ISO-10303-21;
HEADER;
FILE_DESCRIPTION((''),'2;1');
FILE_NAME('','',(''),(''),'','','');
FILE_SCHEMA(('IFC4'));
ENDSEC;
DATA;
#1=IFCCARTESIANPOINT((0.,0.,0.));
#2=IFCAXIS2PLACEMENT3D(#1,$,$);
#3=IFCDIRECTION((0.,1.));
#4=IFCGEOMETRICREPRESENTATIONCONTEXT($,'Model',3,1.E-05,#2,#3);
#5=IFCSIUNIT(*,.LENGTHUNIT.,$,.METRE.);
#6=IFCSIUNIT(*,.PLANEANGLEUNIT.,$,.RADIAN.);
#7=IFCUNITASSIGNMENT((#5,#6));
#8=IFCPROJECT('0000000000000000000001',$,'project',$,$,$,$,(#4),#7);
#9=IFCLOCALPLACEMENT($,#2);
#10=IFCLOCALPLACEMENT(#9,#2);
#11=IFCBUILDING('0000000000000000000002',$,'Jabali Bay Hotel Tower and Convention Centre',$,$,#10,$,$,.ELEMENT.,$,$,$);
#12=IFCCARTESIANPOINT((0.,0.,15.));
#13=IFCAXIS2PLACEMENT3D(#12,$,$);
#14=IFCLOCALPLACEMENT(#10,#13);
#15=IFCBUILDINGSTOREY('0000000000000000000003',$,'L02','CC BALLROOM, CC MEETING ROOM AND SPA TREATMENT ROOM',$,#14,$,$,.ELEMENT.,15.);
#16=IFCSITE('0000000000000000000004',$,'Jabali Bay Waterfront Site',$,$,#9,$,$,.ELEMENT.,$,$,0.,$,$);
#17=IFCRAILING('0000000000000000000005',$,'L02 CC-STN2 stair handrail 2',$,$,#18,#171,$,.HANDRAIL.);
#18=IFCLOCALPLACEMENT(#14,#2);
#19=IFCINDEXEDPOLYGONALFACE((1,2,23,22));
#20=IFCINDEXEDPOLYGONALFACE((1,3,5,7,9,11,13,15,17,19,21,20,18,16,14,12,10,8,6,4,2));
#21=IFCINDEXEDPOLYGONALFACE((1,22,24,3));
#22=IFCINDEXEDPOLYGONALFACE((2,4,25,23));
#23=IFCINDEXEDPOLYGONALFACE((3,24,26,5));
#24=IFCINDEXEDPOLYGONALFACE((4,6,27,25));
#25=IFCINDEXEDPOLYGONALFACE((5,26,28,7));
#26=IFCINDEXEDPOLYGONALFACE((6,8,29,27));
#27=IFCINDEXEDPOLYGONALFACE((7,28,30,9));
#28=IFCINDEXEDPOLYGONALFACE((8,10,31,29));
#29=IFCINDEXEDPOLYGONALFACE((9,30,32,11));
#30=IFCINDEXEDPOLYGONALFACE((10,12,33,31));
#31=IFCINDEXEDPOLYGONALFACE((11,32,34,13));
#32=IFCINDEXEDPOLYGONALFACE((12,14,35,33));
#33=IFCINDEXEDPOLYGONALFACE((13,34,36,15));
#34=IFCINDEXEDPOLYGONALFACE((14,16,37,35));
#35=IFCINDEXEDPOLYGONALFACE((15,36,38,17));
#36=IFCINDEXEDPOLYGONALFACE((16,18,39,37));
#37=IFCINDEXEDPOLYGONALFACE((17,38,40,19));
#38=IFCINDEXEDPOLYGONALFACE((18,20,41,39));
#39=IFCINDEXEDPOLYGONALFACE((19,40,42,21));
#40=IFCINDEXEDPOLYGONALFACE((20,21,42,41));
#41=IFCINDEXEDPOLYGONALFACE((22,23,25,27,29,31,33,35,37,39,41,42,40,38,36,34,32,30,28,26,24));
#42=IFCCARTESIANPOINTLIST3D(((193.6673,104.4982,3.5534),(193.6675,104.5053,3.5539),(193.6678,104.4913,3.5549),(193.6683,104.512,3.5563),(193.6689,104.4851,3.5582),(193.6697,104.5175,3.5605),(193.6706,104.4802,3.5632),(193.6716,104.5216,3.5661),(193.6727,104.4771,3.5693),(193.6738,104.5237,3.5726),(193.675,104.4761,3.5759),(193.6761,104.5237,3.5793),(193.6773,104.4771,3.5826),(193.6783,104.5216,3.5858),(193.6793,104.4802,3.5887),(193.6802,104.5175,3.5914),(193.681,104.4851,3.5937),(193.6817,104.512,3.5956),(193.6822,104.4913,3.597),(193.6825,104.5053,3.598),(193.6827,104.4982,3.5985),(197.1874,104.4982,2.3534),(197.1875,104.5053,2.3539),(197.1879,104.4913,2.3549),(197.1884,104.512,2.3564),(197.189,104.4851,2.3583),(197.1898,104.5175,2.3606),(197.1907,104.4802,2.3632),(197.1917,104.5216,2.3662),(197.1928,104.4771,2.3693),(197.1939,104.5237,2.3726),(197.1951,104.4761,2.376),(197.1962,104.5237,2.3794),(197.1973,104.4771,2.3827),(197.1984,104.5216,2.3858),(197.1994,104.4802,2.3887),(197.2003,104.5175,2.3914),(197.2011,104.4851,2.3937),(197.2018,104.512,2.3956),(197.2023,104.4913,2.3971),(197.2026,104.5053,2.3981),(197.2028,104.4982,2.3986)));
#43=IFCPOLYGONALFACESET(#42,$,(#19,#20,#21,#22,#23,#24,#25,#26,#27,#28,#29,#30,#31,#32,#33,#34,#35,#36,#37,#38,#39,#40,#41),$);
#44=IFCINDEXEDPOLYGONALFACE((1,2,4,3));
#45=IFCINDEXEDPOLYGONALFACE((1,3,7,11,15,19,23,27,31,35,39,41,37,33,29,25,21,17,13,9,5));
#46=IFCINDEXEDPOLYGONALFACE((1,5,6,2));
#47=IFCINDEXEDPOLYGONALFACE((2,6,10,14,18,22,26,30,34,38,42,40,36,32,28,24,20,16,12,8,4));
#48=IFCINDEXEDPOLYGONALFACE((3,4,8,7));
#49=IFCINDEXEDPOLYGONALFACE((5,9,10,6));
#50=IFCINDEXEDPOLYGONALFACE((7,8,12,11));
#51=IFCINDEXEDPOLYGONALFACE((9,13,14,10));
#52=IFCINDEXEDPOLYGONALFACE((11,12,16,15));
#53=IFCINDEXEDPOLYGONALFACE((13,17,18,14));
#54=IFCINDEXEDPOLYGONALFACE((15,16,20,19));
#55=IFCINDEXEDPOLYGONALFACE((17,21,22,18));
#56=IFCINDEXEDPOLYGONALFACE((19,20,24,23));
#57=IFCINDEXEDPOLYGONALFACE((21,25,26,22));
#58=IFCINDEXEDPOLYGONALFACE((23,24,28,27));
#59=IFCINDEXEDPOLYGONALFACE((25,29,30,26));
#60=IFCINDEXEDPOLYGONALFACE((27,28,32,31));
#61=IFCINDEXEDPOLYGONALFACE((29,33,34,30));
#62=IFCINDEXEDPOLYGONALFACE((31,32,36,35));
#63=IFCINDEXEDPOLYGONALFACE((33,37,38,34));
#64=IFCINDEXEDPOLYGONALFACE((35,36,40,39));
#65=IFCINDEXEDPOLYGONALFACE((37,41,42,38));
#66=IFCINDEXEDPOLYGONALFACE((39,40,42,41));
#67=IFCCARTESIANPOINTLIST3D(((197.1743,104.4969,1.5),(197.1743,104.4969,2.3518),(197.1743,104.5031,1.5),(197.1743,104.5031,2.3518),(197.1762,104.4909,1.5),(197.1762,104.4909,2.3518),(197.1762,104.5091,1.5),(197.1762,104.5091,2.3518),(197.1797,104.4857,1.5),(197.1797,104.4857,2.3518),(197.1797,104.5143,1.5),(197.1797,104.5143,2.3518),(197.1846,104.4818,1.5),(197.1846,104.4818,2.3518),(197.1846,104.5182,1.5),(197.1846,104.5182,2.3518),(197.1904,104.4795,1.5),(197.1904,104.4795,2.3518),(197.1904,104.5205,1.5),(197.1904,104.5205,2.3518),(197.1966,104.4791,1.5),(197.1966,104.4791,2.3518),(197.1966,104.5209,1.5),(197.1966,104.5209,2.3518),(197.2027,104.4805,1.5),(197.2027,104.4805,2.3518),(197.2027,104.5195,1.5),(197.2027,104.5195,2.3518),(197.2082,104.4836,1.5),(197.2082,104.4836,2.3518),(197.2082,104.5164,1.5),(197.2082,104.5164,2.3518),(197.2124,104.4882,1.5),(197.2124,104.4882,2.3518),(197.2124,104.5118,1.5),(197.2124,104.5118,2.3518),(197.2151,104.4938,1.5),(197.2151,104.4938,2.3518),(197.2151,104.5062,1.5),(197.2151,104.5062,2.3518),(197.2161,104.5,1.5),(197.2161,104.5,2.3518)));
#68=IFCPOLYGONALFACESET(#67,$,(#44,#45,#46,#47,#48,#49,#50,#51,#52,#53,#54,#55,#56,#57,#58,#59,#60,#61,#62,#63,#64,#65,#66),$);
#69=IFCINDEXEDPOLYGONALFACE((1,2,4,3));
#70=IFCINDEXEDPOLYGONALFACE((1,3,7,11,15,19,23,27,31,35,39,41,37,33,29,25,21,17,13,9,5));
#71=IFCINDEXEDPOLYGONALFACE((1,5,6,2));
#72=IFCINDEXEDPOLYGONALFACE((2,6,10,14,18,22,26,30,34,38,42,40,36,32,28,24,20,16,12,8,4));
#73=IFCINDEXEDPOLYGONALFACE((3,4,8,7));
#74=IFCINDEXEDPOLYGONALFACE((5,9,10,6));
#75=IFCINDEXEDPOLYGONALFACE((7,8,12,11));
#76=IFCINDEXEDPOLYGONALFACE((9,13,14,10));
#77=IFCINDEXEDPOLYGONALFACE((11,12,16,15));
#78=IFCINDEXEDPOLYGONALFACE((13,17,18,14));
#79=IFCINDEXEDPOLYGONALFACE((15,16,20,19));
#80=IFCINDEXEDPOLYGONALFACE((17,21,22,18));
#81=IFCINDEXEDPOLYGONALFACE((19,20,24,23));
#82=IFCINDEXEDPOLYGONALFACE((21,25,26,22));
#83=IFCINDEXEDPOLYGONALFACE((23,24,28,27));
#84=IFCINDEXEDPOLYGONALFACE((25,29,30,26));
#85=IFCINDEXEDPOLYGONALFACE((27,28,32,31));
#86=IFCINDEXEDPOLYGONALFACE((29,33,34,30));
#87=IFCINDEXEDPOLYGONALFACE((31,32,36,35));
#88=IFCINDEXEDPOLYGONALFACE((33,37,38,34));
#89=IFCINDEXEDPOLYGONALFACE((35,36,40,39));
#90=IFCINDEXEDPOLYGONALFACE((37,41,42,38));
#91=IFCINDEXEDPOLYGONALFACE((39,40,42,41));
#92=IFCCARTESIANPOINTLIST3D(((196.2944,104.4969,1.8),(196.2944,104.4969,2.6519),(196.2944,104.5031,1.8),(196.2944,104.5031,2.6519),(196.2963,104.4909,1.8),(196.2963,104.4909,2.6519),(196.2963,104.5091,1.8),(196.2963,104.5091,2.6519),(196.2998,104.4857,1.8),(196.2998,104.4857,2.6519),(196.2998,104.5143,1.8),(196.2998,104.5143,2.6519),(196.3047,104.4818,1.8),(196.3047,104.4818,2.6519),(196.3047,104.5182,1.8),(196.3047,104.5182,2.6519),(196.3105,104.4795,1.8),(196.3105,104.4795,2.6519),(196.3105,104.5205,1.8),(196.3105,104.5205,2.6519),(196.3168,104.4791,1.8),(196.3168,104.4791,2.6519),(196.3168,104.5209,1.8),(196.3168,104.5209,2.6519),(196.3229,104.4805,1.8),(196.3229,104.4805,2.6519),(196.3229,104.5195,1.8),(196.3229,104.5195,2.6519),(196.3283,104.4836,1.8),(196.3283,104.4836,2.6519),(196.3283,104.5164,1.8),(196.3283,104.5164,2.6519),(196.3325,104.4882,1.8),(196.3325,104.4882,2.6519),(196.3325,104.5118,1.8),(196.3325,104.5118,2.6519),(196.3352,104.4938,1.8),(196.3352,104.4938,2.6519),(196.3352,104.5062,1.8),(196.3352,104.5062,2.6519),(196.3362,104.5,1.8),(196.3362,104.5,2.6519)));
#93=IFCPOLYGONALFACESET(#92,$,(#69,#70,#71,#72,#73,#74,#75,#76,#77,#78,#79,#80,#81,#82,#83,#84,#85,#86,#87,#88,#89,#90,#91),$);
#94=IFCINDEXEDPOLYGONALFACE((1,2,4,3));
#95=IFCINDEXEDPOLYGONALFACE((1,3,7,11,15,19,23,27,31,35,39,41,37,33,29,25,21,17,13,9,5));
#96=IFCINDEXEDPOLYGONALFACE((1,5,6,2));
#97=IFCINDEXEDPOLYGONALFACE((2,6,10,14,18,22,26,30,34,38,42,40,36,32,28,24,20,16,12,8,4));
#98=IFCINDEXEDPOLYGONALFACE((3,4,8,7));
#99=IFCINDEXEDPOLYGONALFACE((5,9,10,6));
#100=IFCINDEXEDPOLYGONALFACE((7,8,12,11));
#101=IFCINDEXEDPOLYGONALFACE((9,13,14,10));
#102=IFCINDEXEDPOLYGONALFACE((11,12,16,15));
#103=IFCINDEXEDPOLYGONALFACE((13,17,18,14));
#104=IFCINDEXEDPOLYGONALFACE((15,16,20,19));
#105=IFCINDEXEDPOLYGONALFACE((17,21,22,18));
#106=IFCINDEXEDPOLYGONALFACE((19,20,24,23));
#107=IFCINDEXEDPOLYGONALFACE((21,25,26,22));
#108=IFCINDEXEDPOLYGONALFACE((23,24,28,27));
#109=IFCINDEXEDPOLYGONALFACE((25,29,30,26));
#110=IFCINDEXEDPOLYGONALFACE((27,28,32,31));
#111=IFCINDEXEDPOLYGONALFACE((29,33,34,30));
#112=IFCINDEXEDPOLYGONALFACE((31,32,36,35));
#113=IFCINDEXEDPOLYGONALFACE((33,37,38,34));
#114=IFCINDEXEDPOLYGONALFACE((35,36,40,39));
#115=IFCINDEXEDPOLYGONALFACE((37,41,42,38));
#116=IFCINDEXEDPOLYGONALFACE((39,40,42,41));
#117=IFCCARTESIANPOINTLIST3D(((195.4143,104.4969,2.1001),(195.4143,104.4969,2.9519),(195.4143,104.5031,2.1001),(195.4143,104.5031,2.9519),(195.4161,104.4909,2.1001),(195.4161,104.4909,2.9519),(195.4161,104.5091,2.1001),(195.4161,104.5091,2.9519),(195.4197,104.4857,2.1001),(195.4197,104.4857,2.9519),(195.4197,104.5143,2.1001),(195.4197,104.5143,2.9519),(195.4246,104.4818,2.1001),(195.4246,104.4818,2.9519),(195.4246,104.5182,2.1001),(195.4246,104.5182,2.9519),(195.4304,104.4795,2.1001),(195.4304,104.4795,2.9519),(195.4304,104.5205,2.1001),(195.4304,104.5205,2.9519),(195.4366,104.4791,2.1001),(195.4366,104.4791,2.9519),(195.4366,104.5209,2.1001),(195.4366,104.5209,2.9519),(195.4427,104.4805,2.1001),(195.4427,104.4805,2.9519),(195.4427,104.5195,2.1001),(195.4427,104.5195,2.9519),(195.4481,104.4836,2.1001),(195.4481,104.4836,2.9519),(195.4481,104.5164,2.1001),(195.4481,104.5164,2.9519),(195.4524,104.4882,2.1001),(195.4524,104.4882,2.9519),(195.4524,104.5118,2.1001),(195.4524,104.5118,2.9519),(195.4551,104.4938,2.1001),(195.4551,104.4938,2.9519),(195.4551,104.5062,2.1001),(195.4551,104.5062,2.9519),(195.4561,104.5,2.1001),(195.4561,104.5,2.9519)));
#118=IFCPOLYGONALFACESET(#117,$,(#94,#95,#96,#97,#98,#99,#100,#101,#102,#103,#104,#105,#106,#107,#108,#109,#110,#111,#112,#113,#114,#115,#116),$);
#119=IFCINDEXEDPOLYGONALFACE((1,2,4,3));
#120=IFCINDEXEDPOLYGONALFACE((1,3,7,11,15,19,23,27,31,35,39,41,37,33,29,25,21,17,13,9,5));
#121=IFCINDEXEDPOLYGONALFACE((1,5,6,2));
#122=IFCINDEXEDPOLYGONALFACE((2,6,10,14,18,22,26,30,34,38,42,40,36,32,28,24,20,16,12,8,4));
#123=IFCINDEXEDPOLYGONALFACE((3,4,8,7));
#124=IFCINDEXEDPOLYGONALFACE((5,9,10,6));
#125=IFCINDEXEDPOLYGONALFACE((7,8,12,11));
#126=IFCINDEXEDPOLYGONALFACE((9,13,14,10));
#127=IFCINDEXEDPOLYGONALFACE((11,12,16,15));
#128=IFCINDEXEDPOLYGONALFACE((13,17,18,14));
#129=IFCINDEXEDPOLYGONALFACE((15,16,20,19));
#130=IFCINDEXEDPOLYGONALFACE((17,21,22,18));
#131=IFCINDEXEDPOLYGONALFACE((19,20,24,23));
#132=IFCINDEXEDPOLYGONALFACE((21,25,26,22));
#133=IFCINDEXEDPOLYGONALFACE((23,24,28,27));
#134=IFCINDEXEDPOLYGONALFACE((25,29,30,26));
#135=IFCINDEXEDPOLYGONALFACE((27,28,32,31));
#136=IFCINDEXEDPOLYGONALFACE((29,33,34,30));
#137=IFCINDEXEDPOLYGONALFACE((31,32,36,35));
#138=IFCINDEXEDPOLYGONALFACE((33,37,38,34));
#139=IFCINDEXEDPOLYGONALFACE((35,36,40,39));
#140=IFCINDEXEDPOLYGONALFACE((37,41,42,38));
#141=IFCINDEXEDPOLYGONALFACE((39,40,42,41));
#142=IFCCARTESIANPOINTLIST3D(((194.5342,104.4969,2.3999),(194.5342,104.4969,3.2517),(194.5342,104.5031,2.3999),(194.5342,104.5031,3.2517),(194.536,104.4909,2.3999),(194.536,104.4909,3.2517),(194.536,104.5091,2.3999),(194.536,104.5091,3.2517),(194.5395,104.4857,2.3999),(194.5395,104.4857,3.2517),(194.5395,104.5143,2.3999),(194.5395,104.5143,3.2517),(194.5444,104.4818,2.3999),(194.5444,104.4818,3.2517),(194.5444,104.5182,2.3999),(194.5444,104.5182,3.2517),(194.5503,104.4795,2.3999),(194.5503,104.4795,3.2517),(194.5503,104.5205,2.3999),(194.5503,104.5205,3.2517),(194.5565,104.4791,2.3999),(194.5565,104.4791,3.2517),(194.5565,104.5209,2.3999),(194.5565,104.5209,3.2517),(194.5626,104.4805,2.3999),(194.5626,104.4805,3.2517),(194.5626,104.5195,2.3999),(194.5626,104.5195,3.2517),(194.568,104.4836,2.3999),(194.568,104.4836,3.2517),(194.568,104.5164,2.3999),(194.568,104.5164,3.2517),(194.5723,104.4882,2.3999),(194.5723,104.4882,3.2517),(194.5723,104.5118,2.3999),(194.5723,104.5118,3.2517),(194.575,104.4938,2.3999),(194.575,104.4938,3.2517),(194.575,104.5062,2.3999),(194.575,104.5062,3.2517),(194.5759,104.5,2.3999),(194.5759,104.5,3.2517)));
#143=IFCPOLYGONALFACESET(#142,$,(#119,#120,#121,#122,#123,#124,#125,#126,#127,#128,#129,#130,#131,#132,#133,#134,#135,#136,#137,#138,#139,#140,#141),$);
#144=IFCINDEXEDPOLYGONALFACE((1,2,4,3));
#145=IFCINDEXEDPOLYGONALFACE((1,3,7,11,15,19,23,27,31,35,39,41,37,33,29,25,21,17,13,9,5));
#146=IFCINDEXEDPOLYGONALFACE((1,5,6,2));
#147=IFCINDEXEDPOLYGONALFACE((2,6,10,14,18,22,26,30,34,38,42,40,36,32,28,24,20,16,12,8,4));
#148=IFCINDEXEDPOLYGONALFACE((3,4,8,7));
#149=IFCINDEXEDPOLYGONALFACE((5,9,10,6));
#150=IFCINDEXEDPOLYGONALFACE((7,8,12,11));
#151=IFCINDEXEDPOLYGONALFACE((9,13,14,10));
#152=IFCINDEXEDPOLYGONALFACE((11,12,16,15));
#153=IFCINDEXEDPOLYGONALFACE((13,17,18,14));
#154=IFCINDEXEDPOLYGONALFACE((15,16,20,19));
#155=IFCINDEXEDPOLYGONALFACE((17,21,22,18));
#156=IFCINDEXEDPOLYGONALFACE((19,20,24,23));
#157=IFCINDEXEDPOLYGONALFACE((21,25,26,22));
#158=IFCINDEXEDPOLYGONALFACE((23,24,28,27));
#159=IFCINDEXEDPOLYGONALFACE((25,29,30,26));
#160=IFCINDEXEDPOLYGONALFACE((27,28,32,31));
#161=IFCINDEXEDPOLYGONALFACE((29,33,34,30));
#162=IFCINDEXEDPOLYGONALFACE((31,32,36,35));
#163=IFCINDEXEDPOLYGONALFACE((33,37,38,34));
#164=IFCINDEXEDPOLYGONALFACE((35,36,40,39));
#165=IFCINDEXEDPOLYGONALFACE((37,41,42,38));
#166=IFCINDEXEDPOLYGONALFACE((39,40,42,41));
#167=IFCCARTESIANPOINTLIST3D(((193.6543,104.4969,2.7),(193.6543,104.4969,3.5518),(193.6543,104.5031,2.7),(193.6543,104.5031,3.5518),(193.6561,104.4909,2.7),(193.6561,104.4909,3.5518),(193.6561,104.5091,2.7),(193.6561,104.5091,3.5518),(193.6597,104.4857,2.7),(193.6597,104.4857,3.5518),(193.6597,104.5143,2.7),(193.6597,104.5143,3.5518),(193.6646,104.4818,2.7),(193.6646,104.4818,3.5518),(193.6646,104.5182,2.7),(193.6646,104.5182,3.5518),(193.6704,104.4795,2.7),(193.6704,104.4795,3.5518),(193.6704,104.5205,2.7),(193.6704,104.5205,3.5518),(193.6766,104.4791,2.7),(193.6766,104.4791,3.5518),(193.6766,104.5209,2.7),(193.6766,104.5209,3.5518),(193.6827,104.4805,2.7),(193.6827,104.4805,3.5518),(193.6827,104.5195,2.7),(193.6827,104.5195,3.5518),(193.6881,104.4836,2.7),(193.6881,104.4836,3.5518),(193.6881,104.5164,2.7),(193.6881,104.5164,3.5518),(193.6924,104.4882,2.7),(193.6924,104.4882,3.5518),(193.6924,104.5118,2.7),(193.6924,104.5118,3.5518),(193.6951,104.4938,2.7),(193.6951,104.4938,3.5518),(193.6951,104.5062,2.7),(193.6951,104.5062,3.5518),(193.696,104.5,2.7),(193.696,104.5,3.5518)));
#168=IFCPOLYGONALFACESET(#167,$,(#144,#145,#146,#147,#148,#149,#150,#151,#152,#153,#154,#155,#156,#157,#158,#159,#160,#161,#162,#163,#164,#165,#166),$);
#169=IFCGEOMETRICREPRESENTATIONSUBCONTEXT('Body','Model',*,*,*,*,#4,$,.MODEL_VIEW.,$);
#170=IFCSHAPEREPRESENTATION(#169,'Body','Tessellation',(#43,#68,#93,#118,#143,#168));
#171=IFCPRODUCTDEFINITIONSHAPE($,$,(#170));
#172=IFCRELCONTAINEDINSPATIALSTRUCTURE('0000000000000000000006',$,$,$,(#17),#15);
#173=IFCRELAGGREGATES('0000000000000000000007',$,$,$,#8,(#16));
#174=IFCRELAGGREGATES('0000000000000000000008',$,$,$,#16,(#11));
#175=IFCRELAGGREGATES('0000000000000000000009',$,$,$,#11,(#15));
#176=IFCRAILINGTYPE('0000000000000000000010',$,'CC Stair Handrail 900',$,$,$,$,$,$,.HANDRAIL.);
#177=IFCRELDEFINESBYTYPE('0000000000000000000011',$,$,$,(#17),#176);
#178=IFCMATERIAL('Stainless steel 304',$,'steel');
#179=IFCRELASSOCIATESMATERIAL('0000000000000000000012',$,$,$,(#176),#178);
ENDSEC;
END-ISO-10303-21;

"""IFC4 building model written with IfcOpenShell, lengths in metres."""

from ifc_helpers import new_model, si_unit, direction, frame, origin, origin_2d, place, context, subcontext, project, spatial, circle, extrude, material, type_object, element, save


model = new_model("IFC4")

# Units and contexts
model_context = context("Model", 3, precision=1e-05, world=origin(), true_north=direction((0.0, 1.0)))
body_context = subcontext(model_context, "Body", "Model", "MODEL_VIEW")
ifc_project = project(units=[si_unit("LENGTHUNIT", "METRE"), si_unit("PLANEANGLEUNIT", "RADIAN")], contexts=[model_context])

# Site, building, storey
site_placement = place(None, origin())
site = spatial("IfcSite", under=ifc_project, at=site_placement, Name="Jabali Bay Waterfront Site", CompositionType="ELEMENT", RefElevation=0.0)
building_placement = place(site_placement, origin())
building = spatial("IfcBuilding", under=site, at=building_placement, Name="Jabali Bay Hotel Tower and Convention Centre", CompositionType="ELEMENT")
storey_placement = place(building_placement, frame((0.0, 0.0, 15.0)))
storey = spatial("IfcBuildingStorey", under=building, at=storey_placement, Name="L02", Description="CC BALLROOM, CC MEETING ROOM AND SPA TREATMENT ROOM", CompositionType="ELEMENT", Elevation=15.0)

# Railing
ifc_material_1 = material(Name="Stainless steel 304", Category="steel")
railing_type_1 = type_object("IfcRailingType", Name="CC Stair Handrail 900", PredefinedType="HANDRAIL", material=ifc_material_1)
for number, where, name in (
    (1, (197.1951, 104.5, 1.5), "L02 CC-STN2 stair handrail 2"),
):
    element("IfcRailing", number, at=place(storey_placement, frame(where)), inside=storey, type_object=railing_type_1, Name=name, PredefinedType="HANDRAIL", context=body_context, shape_type="SweptSolid", body=[
        extrude(circle(Radius=0.0239, at=origin_2d()), frame((0.0, 0.0, 0.876), z_axis=(-0.946515, 0.0, 0.322661), x_axis=(0.0, -1.0, 0.0)), (0.0, 0.0, 1.0), 3.719),
        extrude(circle(Radius=0.021, at=origin_2d()), origin(), (0.0, 0.0, 1.0), 0.8518),
        extrude(circle(Radius=0.021, at=origin_2d()), frame((-0.8799, 0.0, 0.3)), (0.0, 0.0, 1.0), 0.8518),
        extrude(circle(Radius=0.021, at=origin_2d()), frame((-1.76, 0.0, 0.6001)), (0.0, 0.0, 1.0), 0.8518),
        extrude(circle(Radius=0.021, at=origin_2d()), frame((-2.6401, 0.0, 0.8999)), (0.0, 0.0, 1.0), 0.8518),
        extrude(circle(Radius=0.021, at=origin_2d()), frame((-3.52, 0.0, 1.2)), (0.0, 0.0, 1.0), 0.8518),
    ])

save(model, "model.ifc")
